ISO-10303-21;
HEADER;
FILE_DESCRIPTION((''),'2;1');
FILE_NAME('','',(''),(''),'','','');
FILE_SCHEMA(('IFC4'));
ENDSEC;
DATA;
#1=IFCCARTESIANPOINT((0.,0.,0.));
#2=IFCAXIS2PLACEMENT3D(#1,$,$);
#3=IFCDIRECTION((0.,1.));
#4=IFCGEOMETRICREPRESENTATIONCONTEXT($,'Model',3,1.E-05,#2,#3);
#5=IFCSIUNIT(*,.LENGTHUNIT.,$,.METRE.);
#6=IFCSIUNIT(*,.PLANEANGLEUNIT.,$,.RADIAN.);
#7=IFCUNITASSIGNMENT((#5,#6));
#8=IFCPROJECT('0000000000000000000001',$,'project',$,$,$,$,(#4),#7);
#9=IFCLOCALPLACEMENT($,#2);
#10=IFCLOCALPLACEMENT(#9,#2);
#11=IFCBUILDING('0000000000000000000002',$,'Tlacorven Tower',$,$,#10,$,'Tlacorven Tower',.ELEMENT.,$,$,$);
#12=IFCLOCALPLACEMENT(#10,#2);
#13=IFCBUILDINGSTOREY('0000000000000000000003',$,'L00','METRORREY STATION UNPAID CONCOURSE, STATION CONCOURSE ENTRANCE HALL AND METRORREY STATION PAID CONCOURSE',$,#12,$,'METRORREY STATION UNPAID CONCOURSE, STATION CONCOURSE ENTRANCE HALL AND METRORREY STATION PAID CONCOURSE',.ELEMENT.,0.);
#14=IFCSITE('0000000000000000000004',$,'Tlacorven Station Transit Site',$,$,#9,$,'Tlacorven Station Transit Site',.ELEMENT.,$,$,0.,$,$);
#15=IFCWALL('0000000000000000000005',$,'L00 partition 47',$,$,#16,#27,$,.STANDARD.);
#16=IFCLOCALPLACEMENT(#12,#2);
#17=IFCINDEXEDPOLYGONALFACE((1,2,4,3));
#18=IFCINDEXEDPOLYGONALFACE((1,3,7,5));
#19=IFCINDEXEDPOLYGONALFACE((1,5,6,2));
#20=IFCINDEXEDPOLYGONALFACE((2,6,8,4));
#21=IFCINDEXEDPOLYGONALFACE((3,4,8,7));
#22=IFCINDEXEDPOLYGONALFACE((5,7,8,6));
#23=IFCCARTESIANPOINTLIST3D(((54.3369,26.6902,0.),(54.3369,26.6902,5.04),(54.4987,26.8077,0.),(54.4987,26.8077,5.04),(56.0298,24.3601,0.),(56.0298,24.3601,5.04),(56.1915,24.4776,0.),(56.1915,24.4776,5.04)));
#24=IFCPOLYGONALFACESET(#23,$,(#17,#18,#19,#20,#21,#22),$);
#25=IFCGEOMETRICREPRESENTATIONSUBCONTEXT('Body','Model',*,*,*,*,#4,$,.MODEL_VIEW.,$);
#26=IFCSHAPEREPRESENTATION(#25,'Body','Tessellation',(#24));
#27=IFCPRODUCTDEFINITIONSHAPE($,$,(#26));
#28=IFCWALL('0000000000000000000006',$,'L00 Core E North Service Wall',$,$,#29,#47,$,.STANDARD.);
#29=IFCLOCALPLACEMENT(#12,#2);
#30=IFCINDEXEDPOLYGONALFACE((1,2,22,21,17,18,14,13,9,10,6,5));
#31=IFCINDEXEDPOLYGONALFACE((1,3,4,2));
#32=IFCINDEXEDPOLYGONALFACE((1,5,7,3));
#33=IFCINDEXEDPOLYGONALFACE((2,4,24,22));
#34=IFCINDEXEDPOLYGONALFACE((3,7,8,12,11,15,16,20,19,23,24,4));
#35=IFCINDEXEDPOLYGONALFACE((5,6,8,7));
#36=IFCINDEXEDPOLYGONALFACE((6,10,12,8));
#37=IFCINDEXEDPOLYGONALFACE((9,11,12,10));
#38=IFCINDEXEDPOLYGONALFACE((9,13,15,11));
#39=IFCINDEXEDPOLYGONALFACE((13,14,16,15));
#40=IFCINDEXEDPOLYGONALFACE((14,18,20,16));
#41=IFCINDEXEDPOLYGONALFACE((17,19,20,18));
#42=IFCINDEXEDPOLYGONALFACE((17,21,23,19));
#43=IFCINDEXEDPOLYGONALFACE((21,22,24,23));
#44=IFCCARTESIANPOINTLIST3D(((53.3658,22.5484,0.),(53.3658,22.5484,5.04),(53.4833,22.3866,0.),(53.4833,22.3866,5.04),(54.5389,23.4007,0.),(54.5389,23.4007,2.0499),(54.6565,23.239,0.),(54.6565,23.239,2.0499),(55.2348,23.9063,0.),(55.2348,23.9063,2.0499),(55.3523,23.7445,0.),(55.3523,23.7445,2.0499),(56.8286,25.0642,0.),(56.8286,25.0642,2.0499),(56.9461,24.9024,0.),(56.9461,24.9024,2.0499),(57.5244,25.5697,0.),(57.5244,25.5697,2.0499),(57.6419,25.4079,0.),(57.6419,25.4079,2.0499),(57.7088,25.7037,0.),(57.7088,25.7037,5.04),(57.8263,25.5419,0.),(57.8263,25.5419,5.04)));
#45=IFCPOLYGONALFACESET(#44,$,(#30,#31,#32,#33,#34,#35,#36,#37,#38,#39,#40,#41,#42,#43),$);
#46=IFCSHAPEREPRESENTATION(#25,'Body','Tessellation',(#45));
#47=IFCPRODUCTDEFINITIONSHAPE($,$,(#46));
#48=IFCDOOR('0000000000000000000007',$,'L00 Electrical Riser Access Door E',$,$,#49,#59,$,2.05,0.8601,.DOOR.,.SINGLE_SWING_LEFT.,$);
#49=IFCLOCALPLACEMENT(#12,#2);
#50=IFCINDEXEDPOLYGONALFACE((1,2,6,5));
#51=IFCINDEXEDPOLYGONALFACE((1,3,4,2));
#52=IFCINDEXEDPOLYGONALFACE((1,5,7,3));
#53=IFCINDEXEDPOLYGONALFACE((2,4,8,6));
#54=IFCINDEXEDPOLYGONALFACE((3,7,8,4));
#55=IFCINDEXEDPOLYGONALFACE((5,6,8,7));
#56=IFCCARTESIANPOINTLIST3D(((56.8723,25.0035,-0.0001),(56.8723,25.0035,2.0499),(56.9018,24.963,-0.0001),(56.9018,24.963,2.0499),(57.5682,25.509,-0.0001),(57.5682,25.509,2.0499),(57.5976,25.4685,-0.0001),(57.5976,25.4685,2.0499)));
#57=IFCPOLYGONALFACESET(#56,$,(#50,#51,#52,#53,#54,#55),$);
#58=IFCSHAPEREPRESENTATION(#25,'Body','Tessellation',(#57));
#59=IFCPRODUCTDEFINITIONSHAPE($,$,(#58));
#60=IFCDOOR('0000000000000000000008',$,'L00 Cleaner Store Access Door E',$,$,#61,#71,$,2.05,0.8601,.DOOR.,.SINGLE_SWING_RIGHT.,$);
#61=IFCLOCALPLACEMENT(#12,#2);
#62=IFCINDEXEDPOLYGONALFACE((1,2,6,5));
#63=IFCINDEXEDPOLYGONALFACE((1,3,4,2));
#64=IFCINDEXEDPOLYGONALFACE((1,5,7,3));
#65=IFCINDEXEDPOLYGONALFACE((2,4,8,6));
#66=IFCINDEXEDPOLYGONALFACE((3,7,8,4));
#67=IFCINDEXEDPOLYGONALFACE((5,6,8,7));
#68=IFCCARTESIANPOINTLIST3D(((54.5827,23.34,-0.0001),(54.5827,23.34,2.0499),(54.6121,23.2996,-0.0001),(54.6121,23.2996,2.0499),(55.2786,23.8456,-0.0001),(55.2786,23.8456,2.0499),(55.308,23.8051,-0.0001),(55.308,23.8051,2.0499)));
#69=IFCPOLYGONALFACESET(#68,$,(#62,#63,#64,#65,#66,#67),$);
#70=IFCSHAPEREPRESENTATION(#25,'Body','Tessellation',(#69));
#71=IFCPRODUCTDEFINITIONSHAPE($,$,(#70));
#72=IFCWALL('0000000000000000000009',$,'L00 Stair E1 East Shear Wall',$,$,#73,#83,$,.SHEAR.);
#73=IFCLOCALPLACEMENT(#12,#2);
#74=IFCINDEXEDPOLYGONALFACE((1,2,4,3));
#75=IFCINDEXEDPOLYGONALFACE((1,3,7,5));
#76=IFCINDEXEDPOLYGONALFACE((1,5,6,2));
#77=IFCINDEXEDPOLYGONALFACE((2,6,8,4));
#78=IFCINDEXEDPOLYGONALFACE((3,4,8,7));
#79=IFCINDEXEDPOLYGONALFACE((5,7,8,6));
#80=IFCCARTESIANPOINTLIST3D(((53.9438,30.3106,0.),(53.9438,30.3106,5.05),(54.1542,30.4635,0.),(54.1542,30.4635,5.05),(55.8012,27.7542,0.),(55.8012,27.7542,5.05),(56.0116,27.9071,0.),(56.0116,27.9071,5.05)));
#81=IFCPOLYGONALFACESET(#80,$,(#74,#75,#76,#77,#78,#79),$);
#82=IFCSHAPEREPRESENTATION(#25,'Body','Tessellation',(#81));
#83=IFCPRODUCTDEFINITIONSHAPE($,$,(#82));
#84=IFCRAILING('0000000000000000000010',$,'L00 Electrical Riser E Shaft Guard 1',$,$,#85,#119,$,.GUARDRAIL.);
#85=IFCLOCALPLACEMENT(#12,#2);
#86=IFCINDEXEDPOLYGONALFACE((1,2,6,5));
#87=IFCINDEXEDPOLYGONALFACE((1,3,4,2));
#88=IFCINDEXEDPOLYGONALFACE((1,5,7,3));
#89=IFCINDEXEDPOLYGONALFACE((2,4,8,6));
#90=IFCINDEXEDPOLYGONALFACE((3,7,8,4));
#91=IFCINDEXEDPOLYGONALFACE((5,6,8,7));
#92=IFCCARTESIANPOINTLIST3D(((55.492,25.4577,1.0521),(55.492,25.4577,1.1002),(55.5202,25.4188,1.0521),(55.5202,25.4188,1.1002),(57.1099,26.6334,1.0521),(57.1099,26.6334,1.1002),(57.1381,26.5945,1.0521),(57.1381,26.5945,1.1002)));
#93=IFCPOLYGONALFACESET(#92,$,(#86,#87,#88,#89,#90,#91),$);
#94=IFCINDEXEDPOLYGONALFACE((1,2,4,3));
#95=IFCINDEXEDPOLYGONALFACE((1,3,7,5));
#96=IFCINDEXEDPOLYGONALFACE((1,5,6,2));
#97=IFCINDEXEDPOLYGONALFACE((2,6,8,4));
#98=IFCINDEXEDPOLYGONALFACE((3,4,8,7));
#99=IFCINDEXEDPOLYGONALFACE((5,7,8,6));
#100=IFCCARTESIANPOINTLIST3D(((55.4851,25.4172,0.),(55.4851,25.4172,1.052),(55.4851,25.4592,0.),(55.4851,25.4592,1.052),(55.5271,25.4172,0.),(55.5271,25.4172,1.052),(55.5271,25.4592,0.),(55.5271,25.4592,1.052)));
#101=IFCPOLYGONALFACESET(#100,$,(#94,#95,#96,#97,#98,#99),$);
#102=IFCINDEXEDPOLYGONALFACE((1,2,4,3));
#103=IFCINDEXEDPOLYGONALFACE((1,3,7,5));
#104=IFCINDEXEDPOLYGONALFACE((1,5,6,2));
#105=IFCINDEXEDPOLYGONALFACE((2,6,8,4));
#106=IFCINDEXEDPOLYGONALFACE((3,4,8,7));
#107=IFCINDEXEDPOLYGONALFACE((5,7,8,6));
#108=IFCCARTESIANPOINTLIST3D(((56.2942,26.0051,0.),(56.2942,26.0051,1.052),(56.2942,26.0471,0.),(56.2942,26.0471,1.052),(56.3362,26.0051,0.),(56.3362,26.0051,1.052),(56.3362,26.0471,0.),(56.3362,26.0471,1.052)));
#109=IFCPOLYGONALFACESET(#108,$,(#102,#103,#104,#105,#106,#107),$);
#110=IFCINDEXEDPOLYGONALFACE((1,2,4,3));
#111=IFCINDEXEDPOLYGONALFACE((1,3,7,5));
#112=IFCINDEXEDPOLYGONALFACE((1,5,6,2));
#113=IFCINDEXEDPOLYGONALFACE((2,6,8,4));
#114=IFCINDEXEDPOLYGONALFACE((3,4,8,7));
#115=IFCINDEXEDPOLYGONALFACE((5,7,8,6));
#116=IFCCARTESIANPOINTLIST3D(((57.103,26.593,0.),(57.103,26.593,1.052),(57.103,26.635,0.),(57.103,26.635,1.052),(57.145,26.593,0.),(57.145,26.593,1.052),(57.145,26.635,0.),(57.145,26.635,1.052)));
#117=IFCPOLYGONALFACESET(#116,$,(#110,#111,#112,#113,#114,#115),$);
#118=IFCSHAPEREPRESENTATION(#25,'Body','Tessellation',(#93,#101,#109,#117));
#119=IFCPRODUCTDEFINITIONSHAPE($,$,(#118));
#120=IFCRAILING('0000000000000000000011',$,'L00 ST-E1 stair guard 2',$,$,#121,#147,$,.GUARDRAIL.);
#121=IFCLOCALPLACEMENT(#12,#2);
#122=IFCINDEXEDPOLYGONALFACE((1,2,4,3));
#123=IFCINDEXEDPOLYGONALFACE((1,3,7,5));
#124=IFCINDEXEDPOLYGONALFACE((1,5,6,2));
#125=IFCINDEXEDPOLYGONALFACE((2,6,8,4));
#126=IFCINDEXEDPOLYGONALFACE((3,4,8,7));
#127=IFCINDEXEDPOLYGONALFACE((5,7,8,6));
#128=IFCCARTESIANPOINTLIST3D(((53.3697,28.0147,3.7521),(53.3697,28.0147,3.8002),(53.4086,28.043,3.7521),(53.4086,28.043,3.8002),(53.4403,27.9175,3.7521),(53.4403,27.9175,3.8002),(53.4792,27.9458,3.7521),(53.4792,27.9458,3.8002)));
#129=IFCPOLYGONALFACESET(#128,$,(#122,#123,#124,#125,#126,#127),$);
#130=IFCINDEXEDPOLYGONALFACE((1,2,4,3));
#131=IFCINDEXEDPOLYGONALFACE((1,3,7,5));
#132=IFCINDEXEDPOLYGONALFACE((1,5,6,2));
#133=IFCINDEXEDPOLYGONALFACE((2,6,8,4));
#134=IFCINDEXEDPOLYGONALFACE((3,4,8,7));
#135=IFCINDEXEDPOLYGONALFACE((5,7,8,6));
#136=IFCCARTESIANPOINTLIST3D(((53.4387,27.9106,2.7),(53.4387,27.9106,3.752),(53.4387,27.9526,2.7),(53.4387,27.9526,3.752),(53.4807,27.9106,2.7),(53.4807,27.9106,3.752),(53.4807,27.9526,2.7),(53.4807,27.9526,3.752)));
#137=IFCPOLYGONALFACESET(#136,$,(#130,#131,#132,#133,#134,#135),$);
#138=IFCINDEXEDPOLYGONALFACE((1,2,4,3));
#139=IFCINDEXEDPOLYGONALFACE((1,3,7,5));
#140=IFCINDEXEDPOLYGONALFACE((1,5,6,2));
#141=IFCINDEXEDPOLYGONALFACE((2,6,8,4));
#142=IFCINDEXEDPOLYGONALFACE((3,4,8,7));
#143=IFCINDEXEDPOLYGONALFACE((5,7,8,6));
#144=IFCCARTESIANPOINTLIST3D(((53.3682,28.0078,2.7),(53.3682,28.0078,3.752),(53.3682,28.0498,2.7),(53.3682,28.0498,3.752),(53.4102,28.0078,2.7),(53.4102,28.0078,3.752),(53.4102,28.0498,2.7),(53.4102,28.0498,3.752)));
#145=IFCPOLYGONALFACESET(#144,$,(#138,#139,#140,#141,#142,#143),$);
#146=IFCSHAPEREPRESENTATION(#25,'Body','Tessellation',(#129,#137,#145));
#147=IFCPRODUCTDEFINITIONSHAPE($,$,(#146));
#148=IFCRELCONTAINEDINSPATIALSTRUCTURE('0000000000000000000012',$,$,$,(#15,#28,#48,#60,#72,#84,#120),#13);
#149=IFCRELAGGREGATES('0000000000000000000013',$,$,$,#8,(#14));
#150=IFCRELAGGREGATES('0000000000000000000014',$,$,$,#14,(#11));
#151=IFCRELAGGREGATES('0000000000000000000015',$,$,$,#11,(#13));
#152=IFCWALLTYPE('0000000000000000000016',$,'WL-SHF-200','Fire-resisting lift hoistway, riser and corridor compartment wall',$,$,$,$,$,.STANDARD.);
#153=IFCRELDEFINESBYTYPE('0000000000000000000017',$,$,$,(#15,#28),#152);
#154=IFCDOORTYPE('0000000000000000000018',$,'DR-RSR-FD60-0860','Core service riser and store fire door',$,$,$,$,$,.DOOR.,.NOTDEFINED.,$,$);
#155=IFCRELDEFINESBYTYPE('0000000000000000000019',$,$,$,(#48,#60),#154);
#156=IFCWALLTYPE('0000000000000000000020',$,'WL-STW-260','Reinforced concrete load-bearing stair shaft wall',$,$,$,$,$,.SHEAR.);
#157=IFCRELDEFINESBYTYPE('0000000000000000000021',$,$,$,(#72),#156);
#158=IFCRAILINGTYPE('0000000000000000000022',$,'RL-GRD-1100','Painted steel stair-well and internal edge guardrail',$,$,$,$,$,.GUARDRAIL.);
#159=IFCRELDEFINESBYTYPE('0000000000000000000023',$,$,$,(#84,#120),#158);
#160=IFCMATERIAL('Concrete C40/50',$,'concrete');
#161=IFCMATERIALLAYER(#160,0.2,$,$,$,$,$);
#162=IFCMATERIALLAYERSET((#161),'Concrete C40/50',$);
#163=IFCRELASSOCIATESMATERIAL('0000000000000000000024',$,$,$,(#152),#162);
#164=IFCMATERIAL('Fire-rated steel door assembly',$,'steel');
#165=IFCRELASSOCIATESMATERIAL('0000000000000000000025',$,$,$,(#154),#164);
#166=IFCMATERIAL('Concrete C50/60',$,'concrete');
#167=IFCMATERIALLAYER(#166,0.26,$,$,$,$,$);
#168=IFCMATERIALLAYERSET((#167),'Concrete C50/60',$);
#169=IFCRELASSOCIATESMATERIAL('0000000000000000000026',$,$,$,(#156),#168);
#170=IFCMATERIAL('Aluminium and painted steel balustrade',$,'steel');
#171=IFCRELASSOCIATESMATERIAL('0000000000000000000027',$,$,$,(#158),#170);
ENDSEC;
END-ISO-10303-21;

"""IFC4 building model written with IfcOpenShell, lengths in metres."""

from ifc_helpers import new_model, si_unit, direction, frame, frame_2d, origin, origin_2d, place, context, subcontext, project, spatial, rectangle, extrude, source, transform, mapped, material, layer, layer_set, type_object, element, fill, save


model = new_model("IFC4")

# Units and contexts
model_context = context("Model", 3, precision=1e-05, world=origin(), true_north=direction((0.0, 1.0)))
body_context = subcontext(model_context, "Body", "Model", "MODEL_VIEW")
ifc_project = project(units=[si_unit("LENGTHUNIT", "METRE"), si_unit("PLANEANGLEUNIT", "RADIAN")], contexts=[model_context])

# Site, building, storey
site_placement = place(None, origin())
site = spatial("IfcSite", under=ifc_project, at=site_placement, Name="Tlacorven Station Transit Site", LongName="Tlacorven Station Transit Site", CompositionType="ELEMENT", RefElevation=0.0)
building_placement = place(site_placement, origin())
building = spatial("IfcBuilding", under=site, at=building_placement, Name="Tlacorven Tower", LongName="Tlacorven Tower", CompositionType="ELEMENT")
storey_placement = place(building_placement, origin())
storey = spatial("IfcBuildingStorey", under=building, at=storey_placement, Name="L00", Description="METRORREY STATION UNPAID CONCOURSE, STATION CONCOURSE ENTRANCE HALL AND METRORREY STATION PAID CONCOURSE", LongName="METRORREY STATION UNPAID CONCOURSE, STATION CONCOURSE ENTRANCE HALL AND METRORREY STATION PAID CONCOURSE", CompositionType="ELEMENT", Elevation=0.0)

# Shared definitions
ifc_material_1 = material(Name="Concrete C40/50", Category="concrete")
ifc_layer_1 = layer(ifc_material_1, 0.2)
ifc_layer_set_1 = layer_set([ifc_layer_1], Name="Concrete C40/50")
wall_type_1 = type_object("IfcWallType", Name="WL-SHF-200", Description="Fire-resisting lift hoistway, riser and corridor compartment wall", PredefinedType="STANDARD", material=ifc_layer_set_1)
ifc_material_2 = material(Name="Fire-rated steel door assembly", Category="steel")
door_type_1 = type_object("IfcDoorType", Name="DR-RSR-FD60-0860", Description="Core service riser and store fire door", OperationType="NOTDEFINED", PredefinedType="DOOR", material=ifc_material_2)
shared_shape_1 = source(origin(), body_context, "Body", "SweptSolid", [
    extrude(rectangle(XDim=0.8601, YDim=2.05, at=frame_2d((0.4302, 1.0249))), frame((0.0, 0.0249, 0.0), z_axis=(0.0, -1.0, 0.0), x_axis=(1.0, 0.0, 0.0)), (0.0, 0.0, 1.0), 0.05),
])

# Wall
wall_1_placement = place(storey_placement, frame((56.1106, 24.4189, 0.0), z_axis=(0.0, 0.0, 1.0), x_axis=(-0.587778, 0.809022, 0.0)))
element("IfcWall", 1, at=wall_1_placement, inside=storey, type_object=wall_type_1, Name="L00 partition 47", PredefinedType="STANDARD", context=body_context, shape_type="SweptSolid", body=[
    extrude(rectangle(XDim=2.8801, YDim=0.2, at=frame_2d((1.4399, 0.0))), origin(), (0.0, 0.0, 1.0), 5.04),
])

# Wall, openings, doors
wall_2_placement = place(storey_placement, frame((53.4246, 22.4675, 0.0), z_axis=(0.0, 0.0, 1.0), x_axis=(0.809027, 0.587771, 0.0)))
wall_2 = element("IfcWall", 2, at=wall_2_placement, inside=storey, type_object=wall_type_1, Name="L00 Core E North Service Wall", PredefinedType="STANDARD", context=body_context, shape_type="SweptSolid", body=[
    extrude(rectangle(XDim=5.3682, YDim=0.2, at=frame_2d((2.6841, 0.0))), origin(), (0.0, 0.0, 1.0), 5.04),
])
opening_1_placement = place(wall_2_placement, frame((4.28, 0.0, 0.0)))
opening_1 = element("IfcOpeningElement", 3, at=opening_1_placement, cuts=wall_2, PredefinedType="OPENING", context=body_context, shape_type="SweptSolid", body=[
    extrude(rectangle(XDim=0.8601, YDim=2.05, at=frame_2d((0.4302, 1.0249))), frame((0.0, 0.1099, 0.0), z_axis=(0.0, -1.0, 0.0), x_axis=(1.0, 0.0, 0.0)), (0.0, 0.0, 1.0), 0.22),
])
opening_2_placement = place(wall_2_placement, frame((1.45, 0.0, 0.0)))
opening_2 = element("IfcOpeningElement", 4, at=opening_2_placement, cuts=wall_2, PredefinedType="OPENING", context=body_context, shape_type="SweptSolid", body=[
    extrude(rectangle(XDim=0.8601, YDim=2.05, at=frame_2d((0.4302, 1.0249))), frame((0.0, 0.1099, 0.0), z_axis=(0.0, -1.0, 0.0), x_axis=(1.0, 0.0, 0.0)), (0.0, 0.0, 1.0), 0.22),
])
door_1_placement = place(opening_1_placement, frame((0.8601, 0.0, 0.0), z_axis=(0.0, 0.0, 1.0), x_axis=(-1.0, 0.0, 0.0)))
door_1 = element("IfcDoor", 5, at=door_1_placement, inside=storey, type_object=door_type_1, Name="L00 Electrical Riser Access Door E", OperationType="SINGLE_SWING_LEFT", OverallHeight=2.05, OverallWidth=0.8601, PredefinedType="DOOR", context=body_context, shape_type="MappedRepresentation", body=[
    mapped(shared_shape_1, transform((0.0, 0.0, 0.0), scale=1.0)),
])
fill(opening_1, door_1)
door_2_placement = place(opening_2_placement, frame((0.8601, 0.0, 0.0), z_axis=(0.0, 0.0, 1.0), x_axis=(-1.0, 0.0, 0.0)))
door_2 = element("IfcDoor", 6, at=door_2_placement, inside=storey, type_object=door_type_1, Name="L00 Cleaner Store Access Door E", OperationType="SINGLE_SWING_RIGHT", OverallHeight=2.05, OverallWidth=0.8601, PredefinedType="DOOR", context=body_context, shape_type="MappedRepresentation", body=[
    mapped(shared_shape_1, transform((0.0, 0.0, 0.0), scale=1.0)),
])
fill(opening_2, door_2)

# Wall
ifc_material_3 = material(Name="Concrete C50/60", Category="concrete")
ifc_layer_2 = layer(ifc_material_3, 0.26)
ifc_layer_set_2 = layer_set([ifc_layer_2], Name="Concrete C50/60")
wall_type_2 = type_object("IfcWallType", Name="WL-STW-260", Description="Reinforced concrete load-bearing stair shaft wall", PredefinedType="SHEAR", material=ifc_layer_set_2)
wall_3_placement = place(storey_placement, frame((55.9065, 27.8306, 0.0), z_axis=(0.0, 0.0, 1.0), x_axis=(-0.587804, 0.809003, 0.0)))
element("IfcWall", 7, at=wall_3_placement, inside=storey, type_object=wall_type_2, Name="L00 Stair E1 East Shear Wall", PredefinedType="SHEAR", context=body_context, shape_type="SweptSolid", body=[
    extrude(rectangle(XDim=3.1599, YDim=0.26, at=frame_2d((1.5801, 0.0))), origin(), (0.0, 0.0, 1.0), 5.05),
])

# Railings
ifc_material_4 = material(Name="Aluminium and painted steel balustrade", Category="steel")
railing_type_1 = type_object("IfcRailingType", Name="RL-GRD-1100", Description="Painted steel stair-well and internal edge guardrail", PredefinedType="GUARDRAIL", material=ifc_material_4)
shared_shape_2 = source(origin(), body_context, "Body", "SweptSolid", [
    extrude(rectangle(XDim=0.0481, YDim=0.0481, at=origin_2d()), frame((0.0, 0.0, 1.0762), z_axis=(0.808947, 0.587881, 0.0), x_axis=(-0.587881, 0.808947, 0.0)), (0.0, 0.0, 1.0), 2.0),
    extrude(rectangle(XDim=0.042, YDim=0.042, at=origin_2d()), origin(), (0.0, 0.0, 1.0), 1.052),
    extrude(rectangle(XDim=0.042, YDim=0.042, at=origin_2d()), frame((0.8091, 0.5879, 0.0)), (0.0, 0.0, 1.0), 1.052),
    extrude(rectangle(XDim=0.042, YDim=0.042, at=origin_2d()), frame((1.6179, 1.1758, 0.0)), (0.0, 0.0, 1.0), 1.052),
])
railing_1_placement = place(storey_placement, frame((55.5061, 25.4382, 0.0)))
element("IfcRailing", 8, at=railing_1_placement, inside=storey, type_object=railing_type_1, Name="L00 Electrical Riser E Shaft Guard 1", PredefinedType="GUARDRAIL", context=body_context, shape_type="MappedRepresentation", body=[
    mapped(shared_shape_2, transform((0.0, 0.0, 0.0), scale=1.0)),
])
shared_shape_3 = source(origin(), body_context, "Body", "SweptSolid", [
    extrude(rectangle(XDim=0.0481, YDim=0.0481, at=origin_2d()), frame((0.0, 0.0, 1.0762), z_axis=(-0.587567, 0.809175, 0.0), x_axis=(-0.809175, -0.587567, 0.0)), (0.0, 0.0, 1.0), 0.1201),
    extrude(rectangle(XDim=0.042, YDim=0.042, at=origin_2d()), origin(), (0.0, 0.0, 1.0), 1.052),
    extrude(rectangle(XDim=0.042, YDim=0.042, at=origin_2d()), frame((-0.0706, 0.0972, 0.0)), (0.0, 0.0, 1.0), 1.052),
])
railing_2_placement = place(storey_placement, frame((53.4597, 27.9316, 2.7)))
element("IfcRailing", 9, at=railing_2_placement, inside=storey, type_object=railing_type_1, Name="L00 ST-E1 stair guard 2", PredefinedType="GUARDRAIL", context=body_context, shape_type="MappedRepresentation", body=[
    mapped(shared_shape_3, transform((0.0, 0.0, 0.0), scale=1.0)),
])

save(model, "model.ifc")
